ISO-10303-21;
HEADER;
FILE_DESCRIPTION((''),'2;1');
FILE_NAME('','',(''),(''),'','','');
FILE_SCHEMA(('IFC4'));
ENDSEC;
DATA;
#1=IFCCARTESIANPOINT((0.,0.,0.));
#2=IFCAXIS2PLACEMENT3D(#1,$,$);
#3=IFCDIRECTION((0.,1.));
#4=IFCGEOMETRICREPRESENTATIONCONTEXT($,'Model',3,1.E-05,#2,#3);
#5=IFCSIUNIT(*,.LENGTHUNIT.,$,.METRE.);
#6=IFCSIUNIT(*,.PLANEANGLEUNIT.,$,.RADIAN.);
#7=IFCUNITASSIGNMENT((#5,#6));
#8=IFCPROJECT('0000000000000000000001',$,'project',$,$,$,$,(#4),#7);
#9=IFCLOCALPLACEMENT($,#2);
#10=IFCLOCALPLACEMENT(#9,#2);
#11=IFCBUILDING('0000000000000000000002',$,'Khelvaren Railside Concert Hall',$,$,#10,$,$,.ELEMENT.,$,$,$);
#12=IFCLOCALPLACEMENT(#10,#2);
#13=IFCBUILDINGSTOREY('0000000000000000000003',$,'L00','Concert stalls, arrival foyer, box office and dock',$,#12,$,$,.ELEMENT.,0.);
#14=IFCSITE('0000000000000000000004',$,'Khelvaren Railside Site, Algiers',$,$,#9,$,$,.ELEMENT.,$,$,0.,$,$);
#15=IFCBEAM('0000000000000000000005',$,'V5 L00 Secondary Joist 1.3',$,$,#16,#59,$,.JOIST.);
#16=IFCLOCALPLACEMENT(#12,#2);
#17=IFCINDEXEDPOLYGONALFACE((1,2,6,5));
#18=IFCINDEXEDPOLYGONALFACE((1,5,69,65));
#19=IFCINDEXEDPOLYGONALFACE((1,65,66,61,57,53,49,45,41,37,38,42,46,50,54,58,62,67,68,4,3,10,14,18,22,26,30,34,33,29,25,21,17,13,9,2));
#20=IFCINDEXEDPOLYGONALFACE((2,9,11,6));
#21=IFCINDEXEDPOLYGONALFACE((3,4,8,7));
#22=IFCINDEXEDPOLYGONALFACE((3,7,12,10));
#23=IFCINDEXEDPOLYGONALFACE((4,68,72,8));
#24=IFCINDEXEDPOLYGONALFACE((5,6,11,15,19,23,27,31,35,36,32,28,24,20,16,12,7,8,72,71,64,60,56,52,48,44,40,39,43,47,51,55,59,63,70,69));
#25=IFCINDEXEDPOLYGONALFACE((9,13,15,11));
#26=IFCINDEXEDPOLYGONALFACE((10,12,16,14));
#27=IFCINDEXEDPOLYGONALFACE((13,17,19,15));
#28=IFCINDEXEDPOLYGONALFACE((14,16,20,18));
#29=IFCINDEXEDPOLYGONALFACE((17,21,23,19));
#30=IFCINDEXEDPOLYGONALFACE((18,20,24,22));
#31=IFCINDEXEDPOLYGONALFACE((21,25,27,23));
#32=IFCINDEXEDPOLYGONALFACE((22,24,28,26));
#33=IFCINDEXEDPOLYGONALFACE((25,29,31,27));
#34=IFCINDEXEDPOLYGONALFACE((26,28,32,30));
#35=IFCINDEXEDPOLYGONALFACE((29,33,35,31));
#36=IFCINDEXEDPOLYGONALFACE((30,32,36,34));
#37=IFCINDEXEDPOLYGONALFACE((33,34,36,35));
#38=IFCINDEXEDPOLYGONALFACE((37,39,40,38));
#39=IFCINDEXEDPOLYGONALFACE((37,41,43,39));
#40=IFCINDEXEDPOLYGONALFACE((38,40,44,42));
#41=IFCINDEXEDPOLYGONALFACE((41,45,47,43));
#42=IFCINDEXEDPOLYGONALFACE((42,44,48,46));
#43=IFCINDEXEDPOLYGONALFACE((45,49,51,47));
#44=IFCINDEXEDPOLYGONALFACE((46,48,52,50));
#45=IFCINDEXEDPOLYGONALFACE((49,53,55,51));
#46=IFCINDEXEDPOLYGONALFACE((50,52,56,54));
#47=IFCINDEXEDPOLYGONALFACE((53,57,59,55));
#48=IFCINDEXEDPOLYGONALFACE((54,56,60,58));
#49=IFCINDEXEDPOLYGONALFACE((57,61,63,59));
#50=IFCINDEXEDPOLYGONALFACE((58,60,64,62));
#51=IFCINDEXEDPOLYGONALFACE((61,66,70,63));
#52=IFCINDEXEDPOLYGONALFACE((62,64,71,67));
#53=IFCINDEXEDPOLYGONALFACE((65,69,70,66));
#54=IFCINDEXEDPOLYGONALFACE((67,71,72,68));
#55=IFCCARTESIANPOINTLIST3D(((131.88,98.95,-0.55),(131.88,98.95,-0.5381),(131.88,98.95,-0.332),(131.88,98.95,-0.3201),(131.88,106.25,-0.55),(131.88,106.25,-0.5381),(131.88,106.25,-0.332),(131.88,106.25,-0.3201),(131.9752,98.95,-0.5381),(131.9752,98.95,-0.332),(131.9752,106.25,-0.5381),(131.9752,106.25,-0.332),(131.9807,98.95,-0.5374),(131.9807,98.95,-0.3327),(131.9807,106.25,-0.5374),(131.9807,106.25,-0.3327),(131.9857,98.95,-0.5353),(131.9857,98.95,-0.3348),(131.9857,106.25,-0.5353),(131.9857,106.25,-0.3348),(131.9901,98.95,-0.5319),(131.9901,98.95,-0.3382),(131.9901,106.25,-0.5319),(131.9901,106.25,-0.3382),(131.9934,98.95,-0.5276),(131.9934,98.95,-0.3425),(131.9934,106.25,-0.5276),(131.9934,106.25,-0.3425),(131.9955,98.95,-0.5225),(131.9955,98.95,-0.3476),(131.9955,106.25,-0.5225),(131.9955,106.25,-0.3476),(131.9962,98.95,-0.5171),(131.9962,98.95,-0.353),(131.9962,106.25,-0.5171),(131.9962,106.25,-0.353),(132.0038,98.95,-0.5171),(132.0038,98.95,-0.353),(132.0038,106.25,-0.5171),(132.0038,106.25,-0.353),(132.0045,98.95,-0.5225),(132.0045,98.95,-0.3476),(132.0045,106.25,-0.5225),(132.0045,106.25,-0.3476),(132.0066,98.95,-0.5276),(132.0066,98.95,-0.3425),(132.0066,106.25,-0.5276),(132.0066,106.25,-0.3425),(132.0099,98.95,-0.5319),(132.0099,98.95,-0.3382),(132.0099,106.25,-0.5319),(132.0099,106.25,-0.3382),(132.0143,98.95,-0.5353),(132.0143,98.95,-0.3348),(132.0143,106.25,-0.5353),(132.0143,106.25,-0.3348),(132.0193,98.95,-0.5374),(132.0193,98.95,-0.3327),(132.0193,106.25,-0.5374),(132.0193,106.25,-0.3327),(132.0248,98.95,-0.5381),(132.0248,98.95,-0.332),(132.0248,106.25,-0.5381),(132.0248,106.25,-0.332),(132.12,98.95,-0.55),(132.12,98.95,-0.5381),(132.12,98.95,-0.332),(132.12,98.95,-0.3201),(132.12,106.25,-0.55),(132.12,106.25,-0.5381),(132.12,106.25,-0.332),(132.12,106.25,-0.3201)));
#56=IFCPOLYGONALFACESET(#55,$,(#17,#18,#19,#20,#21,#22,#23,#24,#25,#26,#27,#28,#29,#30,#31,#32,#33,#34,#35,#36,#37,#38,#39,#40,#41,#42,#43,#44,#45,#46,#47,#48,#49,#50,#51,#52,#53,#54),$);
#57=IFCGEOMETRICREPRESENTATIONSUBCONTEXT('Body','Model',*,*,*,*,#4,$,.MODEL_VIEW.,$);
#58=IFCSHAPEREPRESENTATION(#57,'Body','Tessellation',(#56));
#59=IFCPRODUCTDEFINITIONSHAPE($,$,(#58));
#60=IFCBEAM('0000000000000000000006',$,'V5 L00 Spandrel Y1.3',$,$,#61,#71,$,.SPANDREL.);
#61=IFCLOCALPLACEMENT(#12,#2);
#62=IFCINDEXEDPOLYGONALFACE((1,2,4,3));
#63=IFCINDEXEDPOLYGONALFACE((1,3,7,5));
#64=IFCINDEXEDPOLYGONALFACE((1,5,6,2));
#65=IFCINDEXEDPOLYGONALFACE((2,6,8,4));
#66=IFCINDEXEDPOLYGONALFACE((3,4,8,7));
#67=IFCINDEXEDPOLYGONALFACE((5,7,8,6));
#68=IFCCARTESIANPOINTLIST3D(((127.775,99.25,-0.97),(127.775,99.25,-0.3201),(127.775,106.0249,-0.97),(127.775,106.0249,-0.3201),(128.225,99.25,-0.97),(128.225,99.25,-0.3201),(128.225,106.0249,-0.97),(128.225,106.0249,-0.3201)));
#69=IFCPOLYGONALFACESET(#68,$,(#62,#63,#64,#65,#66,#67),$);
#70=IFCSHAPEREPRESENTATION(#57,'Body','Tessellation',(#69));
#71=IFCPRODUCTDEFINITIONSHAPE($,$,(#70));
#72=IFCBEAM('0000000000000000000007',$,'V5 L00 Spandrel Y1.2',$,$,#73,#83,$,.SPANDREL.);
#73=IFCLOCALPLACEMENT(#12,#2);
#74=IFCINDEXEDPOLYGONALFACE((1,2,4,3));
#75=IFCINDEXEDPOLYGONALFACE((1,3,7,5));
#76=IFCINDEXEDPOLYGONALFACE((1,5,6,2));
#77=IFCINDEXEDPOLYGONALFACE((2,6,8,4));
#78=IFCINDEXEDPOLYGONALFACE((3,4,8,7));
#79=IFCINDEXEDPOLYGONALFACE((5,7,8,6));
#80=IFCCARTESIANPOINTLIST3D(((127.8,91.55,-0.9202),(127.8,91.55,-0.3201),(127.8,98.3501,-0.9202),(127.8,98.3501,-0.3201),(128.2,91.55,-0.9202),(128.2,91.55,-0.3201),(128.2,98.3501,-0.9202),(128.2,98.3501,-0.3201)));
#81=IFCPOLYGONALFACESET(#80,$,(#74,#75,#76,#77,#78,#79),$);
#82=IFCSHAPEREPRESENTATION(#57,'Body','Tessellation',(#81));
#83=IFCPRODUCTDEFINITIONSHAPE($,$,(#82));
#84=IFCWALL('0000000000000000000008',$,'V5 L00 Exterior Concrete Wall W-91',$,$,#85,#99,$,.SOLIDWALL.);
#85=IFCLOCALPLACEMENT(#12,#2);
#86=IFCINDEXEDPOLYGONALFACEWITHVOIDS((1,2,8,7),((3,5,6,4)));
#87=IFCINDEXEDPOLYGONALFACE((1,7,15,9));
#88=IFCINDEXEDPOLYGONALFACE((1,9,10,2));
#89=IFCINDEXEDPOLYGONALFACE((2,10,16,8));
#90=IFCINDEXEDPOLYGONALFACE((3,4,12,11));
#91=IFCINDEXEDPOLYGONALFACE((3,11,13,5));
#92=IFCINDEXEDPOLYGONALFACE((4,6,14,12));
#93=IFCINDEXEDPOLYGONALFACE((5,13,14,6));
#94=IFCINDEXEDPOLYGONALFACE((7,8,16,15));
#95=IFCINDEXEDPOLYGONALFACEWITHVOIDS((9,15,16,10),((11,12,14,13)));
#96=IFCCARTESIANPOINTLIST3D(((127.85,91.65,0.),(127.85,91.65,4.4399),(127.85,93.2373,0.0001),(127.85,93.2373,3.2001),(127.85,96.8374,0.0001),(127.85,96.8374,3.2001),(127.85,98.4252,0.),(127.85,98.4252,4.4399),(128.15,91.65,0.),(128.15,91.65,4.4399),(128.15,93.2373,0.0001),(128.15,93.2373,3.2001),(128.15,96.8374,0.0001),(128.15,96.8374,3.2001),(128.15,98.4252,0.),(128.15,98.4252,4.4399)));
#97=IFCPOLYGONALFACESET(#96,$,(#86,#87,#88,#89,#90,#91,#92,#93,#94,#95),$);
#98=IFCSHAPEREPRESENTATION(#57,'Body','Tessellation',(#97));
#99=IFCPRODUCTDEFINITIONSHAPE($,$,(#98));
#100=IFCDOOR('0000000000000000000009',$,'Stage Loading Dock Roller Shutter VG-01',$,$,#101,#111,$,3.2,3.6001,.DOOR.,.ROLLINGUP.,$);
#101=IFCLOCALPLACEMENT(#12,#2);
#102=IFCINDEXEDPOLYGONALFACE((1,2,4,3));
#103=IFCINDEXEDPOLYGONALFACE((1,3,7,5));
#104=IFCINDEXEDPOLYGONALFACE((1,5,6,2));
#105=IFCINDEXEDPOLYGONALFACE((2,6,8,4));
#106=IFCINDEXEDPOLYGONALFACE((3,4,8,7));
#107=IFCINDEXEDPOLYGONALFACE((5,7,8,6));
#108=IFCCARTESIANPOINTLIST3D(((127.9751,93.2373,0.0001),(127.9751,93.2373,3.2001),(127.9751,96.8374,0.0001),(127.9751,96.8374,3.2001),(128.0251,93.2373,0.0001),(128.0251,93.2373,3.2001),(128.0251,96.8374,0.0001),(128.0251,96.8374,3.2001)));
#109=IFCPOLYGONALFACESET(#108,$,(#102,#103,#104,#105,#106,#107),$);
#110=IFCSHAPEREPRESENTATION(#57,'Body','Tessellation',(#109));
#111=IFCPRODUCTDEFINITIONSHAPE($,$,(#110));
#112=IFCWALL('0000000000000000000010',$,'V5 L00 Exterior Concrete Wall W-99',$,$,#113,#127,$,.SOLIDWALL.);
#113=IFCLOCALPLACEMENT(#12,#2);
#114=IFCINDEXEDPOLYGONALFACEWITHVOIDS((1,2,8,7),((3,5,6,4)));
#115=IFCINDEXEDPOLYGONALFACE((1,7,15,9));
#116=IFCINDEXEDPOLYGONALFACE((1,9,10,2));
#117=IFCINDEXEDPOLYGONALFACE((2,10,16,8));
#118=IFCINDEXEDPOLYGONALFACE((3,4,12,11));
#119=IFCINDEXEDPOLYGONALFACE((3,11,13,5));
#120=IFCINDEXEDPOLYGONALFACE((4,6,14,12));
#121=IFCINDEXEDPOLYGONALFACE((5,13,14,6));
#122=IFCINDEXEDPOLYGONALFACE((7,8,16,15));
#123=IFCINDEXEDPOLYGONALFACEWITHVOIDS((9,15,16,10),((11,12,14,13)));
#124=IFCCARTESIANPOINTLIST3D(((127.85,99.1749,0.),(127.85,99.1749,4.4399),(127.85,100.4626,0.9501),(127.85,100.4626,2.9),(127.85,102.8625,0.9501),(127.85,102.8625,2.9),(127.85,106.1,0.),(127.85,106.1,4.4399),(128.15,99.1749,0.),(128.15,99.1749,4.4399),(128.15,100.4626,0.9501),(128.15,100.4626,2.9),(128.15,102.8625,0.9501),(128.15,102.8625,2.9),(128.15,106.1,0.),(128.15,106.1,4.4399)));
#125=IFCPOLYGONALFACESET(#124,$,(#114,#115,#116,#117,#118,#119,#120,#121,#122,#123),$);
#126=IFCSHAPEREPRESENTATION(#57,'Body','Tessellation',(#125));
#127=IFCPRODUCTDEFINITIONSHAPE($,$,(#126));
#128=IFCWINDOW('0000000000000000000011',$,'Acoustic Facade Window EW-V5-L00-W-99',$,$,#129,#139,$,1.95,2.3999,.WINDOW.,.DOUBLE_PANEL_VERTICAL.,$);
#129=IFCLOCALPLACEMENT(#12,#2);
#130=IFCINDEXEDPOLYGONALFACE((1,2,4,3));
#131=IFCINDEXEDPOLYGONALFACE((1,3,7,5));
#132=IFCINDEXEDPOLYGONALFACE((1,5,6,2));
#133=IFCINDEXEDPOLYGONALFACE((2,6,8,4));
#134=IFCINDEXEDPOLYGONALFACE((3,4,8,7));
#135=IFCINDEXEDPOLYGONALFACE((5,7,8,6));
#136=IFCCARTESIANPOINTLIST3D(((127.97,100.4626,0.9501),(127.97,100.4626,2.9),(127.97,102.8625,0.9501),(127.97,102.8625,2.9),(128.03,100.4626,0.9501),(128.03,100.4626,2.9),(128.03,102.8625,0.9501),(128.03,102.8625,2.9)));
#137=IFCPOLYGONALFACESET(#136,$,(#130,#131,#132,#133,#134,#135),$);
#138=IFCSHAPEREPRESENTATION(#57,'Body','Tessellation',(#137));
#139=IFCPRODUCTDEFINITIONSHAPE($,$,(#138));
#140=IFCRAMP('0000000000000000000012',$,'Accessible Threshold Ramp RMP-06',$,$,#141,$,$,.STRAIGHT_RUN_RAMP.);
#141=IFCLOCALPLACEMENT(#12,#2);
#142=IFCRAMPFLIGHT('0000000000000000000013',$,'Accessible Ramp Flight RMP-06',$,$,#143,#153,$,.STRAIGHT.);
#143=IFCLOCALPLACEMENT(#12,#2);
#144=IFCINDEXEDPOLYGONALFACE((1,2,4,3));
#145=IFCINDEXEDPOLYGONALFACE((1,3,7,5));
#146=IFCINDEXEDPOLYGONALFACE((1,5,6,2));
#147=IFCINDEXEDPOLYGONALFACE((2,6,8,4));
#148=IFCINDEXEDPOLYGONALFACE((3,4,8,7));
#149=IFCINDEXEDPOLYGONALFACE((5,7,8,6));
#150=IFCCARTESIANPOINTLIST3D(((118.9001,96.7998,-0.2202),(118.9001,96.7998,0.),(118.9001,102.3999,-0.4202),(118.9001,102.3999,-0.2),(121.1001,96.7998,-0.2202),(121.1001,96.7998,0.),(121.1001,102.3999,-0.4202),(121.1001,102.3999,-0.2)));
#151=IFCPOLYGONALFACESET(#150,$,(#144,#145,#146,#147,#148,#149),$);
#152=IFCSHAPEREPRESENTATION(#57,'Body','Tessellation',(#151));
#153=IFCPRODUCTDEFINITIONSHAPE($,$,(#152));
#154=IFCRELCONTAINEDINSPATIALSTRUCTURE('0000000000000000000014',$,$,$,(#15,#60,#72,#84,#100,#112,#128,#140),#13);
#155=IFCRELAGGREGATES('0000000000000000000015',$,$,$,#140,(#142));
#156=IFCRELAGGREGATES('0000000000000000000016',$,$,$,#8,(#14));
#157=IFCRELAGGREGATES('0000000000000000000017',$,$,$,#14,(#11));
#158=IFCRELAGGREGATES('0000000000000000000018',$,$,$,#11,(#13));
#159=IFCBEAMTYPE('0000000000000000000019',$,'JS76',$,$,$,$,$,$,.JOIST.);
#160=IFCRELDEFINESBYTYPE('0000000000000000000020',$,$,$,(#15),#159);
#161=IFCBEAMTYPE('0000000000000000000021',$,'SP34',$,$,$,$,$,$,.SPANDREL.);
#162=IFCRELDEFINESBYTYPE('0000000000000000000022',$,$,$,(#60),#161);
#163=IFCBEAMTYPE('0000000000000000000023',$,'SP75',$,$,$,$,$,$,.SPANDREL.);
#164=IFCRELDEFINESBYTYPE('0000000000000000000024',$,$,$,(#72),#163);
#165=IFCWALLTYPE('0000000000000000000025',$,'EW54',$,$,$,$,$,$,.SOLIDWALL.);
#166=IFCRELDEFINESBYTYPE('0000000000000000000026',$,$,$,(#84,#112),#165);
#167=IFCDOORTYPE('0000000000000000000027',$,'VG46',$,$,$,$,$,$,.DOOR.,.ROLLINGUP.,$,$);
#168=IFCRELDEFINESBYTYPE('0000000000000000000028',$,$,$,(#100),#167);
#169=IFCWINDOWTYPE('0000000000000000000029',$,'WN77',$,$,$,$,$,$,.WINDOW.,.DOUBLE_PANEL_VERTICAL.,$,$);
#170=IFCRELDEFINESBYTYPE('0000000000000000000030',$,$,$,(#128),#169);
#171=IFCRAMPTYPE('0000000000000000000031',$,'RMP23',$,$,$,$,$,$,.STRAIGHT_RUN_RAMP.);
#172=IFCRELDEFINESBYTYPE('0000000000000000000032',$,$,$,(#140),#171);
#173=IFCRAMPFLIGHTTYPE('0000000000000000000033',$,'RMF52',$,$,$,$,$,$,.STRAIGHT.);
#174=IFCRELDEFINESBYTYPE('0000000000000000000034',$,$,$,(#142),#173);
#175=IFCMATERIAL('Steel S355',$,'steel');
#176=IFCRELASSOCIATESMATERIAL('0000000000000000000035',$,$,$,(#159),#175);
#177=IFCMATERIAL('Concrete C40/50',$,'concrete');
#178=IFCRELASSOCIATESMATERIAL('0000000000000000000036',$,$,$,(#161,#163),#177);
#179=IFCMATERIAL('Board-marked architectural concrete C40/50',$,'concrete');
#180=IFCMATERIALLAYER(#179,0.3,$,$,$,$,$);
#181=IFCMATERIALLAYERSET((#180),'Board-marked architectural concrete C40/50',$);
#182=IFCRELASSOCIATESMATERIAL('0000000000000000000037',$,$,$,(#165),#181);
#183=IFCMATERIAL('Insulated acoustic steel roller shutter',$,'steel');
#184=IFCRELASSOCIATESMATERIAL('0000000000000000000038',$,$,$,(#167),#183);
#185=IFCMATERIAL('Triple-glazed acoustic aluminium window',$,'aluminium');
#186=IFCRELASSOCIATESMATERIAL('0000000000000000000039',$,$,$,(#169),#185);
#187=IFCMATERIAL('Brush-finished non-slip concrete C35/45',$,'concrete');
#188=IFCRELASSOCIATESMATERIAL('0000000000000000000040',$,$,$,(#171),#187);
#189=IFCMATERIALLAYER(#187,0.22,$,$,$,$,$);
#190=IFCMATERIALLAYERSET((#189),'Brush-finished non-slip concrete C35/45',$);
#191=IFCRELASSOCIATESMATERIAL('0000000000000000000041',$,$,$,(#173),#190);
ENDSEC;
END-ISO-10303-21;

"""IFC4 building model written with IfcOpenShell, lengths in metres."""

from ifc_helpers import new_model, si_unit, direction, frame, frame_2d, origin, origin_2d, place, context, subcontext, project, spatial, polyline, rectangle, i_section, outline, extrude, material, layer, layer_set, material_profile, profile_set, type_object, element, fill, aggregate, save


model = new_model("IFC4")

# Units and contexts
model_context = context("Model", 3, precision=1e-05, world=origin(), true_north=direction((0.0, 1.0)))
body_context = subcontext(model_context, "Body", "Model", "MODEL_VIEW")
ifc_project = project(units=[si_unit("LENGTHUNIT", "METRE"), si_unit("PLANEANGLEUNIT", "RADIAN")], contexts=[model_context])

# Site, building, storey
site_placement = place(None, origin())
site = spatial("IfcSite", under=ifc_project, at=site_placement, Name="Khelvaren Railside Site, Algiers", CompositionType="ELEMENT", RefElevation=0.0)
building_placement = place(site_placement, origin())
building = spatial("IfcBuilding", under=site, at=building_placement, Name="Khelvaren Railside Concert Hall", CompositionType="ELEMENT")
storey_placement = place(building_placement, origin())
storey = spatial("IfcBuildingStorey", under=building, at=storey_placement, Name="L00", Description="Concert stalls, arrival foyer, box office and dock", CompositionType="ELEMENT", Elevation=0.0)

# Beams
ifc_material_1 = material(Name="Steel S355", Category="steel")
ifc_material_profile_1 = material_profile(ifc_material_1, i_section(OverallWidth=0.24, OverallDepth=0.23, WebThickness=0.0076, FlangeThickness=0.012, FilletRadius=0.021, at=origin_2d()), Name="HEA 240")
ifc_profile_set_1 = profile_set([ifc_material_profile_1], Name="Steel S355")
beam_type_1 = type_object("IfcBeamType", Name="JS76", PredefinedType="JOIST", material=ifc_profile_set_1)
beam_1_placement = place(storey_placement, frame((132.0, 98.95, -0.4351), z_axis=(0.0, 1.0, 0.0), x_axis=(-1.0, 0.0, 0.0)))
element("IfcBeam", 1, at=beam_1_placement, inside=storey, type_object=beam_type_1, Name="V5 L00 Secondary Joist 1.3", PredefinedType="JOIST", context=body_context, shape_type="SweptSolid", body=[
    extrude(i_section(OverallWidth=0.24, OverallDepth=0.23, WebThickness=0.0076, FlangeThickness=0.012, FilletRadius=0.021, at=origin_2d()), origin(), (0.0, 0.0, 1.0), 7.3),
])
ifc_material_2 = material(Name="Concrete C40/50", Category="concrete")
ifc_material_profile_2 = material_profile(ifc_material_2, rectangle(XDim=0.45, YDim=0.6499, at=origin_2d()), Name="RCB 450x650")
ifc_profile_set_2 = profile_set([ifc_material_profile_2], Name="Concrete C40/50")
beam_type_2 = type_object("IfcBeamType", Name="SP34", PredefinedType="SPANDREL", material=ifc_profile_set_2)
beam_2_placement = place(storey_placement, frame((128.0, 99.25, -0.645), z_axis=(0.0, 1.0, 0.0), x_axis=(-1.0, 0.0, 0.0)))
element("IfcBeam", 2, at=beam_2_placement, inside=storey, type_object=beam_type_2, Name="V5 L00 Spandrel Y1.3", PredefinedType="SPANDREL", context=body_context, shape_type="SweptSolid", body=[
    extrude(rectangle(XDim=0.45, YDim=0.6499, at=origin_2d()), origin(), (0.0, 0.0, 1.0), 6.7749),
])
ifc_material_profile_3 = material_profile(ifc_material_2, rectangle(XDim=0.3999, YDim=0.6001, at=origin_2d()), Name="RCB 400x600")
ifc_profile_set_3 = profile_set([ifc_material_profile_3], Name="Concrete C40/50")
beam_type_3 = type_object("IfcBeamType", Name="SP75", PredefinedType="SPANDREL", material=ifc_profile_set_3)
beam_3_placement = place(storey_placement, frame((128.0, 91.55, -0.6201), z_axis=(0.0, 1.0, 0.0), x_axis=(-1.0, 0.0, 0.0)))
element("IfcBeam", 3, at=beam_3_placement, inside=storey, type_object=beam_type_3, Name="V5 L00 Spandrel Y1.2", PredefinedType="SPANDREL", context=body_context, shape_type="SweptSolid", body=[
    extrude(rectangle(XDim=0.3999, YDim=0.6001, at=origin_2d()), origin(), (0.0, 0.0, 1.0), 6.8),
])

# Wall, opening, door
ifc_material_3 = material(Name="Board-marked architectural concrete C40/50", Category="concrete")
ifc_layer_1 = layer(ifc_material_3, 0.3)
ifc_layer_set_1 = layer_set([ifc_layer_1], Name="Board-marked architectural concrete C40/50")
wall_type = type_object("IfcWallType", Name="EW54", PredefinedType="SOLIDWALL", material=ifc_layer_set_1)
wall_1_placement = place(storey_placement, frame((128.0, 91.6499, 0.0), z_axis=(0.0, 0.0, 1.0), x_axis=(0.0, 1.0, 0.0)))
wall_1 = element("IfcWall", 4, at=wall_1_placement, inside=storey, type_object=wall_type, Name="V5 L00 Exterior Concrete Wall W-91", PredefinedType="SOLIDWALL", context=body_context, shape_type="SweptSolid", body=[
    extrude(rectangle(XDim=6.7751, YDim=0.3, at=frame_2d((3.3877, 0.0))), origin(), (0.0, 0.0, 1.0), 4.4399),
])
opening_1_placement = place(wall_1_placement, frame((1.5874, 0.0, 0.0)))
opening_1 = element("IfcOpeningElement", 5, at=opening_1_placement, cuts=wall_1, PredefinedType="OPENING", context=body_context, shape_type="SweptSolid", body=[
    extrude(rectangle(XDim=3.6001, YDim=3.2, at=frame_2d((1.8, 1.6001))), frame((0.0, 0.1599, 0.0), z_axis=(0.0, -1.0, 0.0), x_axis=(1.0, 0.0, 0.0)), (0.0, 0.0, 1.0), 0.3201),
])
ifc_material_4 = material(Name="Insulated acoustic steel roller shutter", Category="steel")
door_type = type_object("IfcDoorType", Name="VG46", OperationType="ROLLINGUP", PredefinedType="DOOR", material=ifc_material_4)
door_placement = place(opening_1_placement, origin())
door = element("IfcDoor", 6, at=door_placement, inside=storey, type_object=door_type, Name="Stage Loading Dock Roller Shutter VG-01", OperationType="ROLLINGUP", OverallHeight=3.2, OverallWidth=3.6001, PredefinedType="DOOR", context=body_context, shape_type="SweptSolid", body=[
    extrude(rectangle(XDim=3.6001, YDim=3.2, at=frame_2d((1.8, 1.6001))), frame((0.0, 0.0249, 0.0), z_axis=(0.0, -1.0, 0.0), x_axis=(1.0, 0.0, 0.0)), (0.0, 0.0, 1.0), 0.05),
])
fill(opening_1, door)

# Wall, opening, window
wall_2_placement = place(storey_placement, frame((128.0, 99.175, 0.0), z_axis=(0.0, 0.0, 1.0), x_axis=(0.0, 1.0, 0.0)))
wall_2 = element("IfcWall", 7, at=wall_2_placement, inside=storey, type_object=wall_type, Name="V5 L00 Exterior Concrete Wall W-99", PredefinedType="SOLIDWALL", context=body_context, shape_type="SweptSolid", body=[
    extrude(rectangle(XDim=6.925, YDim=0.3, at=frame_2d((3.4624, 0.0))), origin(), (0.0, 0.0, 1.0), 4.4399),
])
opening_2_placement = place(wall_2_placement, frame((1.2876, 0.0, 0.95)))
opening_2 = element("IfcOpeningElement", 8, at=opening_2_placement, cuts=wall_2, PredefinedType="OPENING", context=body_context, shape_type="SweptSolid", body=[
    extrude(rectangle(XDim=2.3999, YDim=1.95, at=frame_2d((1.2, 0.9751))), frame((0.0, 0.1599, 0.0), z_axis=(0.0, -1.0, 0.0), x_axis=(1.0, 0.0, 0.0)), (0.0, 0.0, 1.0), 0.3201),
])
ifc_material_5 = material(Name="Triple-glazed acoustic aluminium window", Category="aluminium")
window_type = type_object("IfcWindowType", Name="WN77", PartitioningType="DOUBLE_PANEL_VERTICAL", PredefinedType="WINDOW", material=ifc_material_5)
window_placement = place(opening_2_placement, origin())
window = element("IfcWindow", 9, at=window_placement, inside=storey, type_object=window_type, Name="Acoustic Facade Window EW-V5-L00-W-99", OverallHeight=1.95, OverallWidth=2.3999, PartitioningType="DOUBLE_PANEL_VERTICAL", PredefinedType="WINDOW", context=body_context, shape_type="SweptSolid", body=[
    extrude(rectangle(XDim=2.3999, YDim=1.95, at=frame_2d((1.2, 0.9751))), frame((0.0, 0.03, 0.0), z_axis=(0.0, -1.0, 0.0), x_axis=(1.0, 0.0, 0.0)), (0.0, 0.0, 1.0), 0.0601),
])
fill(opening_2, window)

# Ramp, ramp flight
ifc_material_6 = material(Name="Brush-finished non-slip concrete C35/45", Category="concrete")
ramp_type = type_object("IfcRampType", Name="RMP23", PredefinedType="STRAIGHT_RUN_RAMP", material=ifc_material_6)
ramp_placement = place(storey_placement, origin())
ramp = element("IfcRamp", 10, at=ramp_placement, inside=storey, type_object=ramp_type, Name="Accessible Threshold Ramp RMP-06", PredefinedType="STRAIGHT_RUN_RAMP")
ifc_layer_2 = layer(ifc_material_6, 0.22)
ifc_layer_set_2 = layer_set([ifc_layer_2], Name="Brush-finished non-slip concrete C35/45")
ramp_flight_type = type_object("IfcRampFlightType", Name="RMF52", PredefinedType="STRAIGHT", material=ifc_layer_set_2)
ramp_flight_placement = place(storey_placement, frame((120.0, 102.3999, -0.2), z_axis=(0.0, 0.0, 1.0), x_axis=(0.0, -1.0, 0.0)))
ramp_flight = element("IfcRampFlight", 11, at=ramp_flight_placement, type_object=ramp_flight_type, Name="Accessible Ramp Flight RMP-06", PredefinedType="STRAIGHT", context=body_context, shape_type="SweptSolid", body=[
    extrude(outline(polyline([(0.0, 0.0), (5.6001, 0.2), (5.6001, -0.0203), (0.0, -0.2202), (0.0, 0.0)])), frame((0.0, 1.1001, 0.0), z_axis=(0.0, -1.0, 0.0), x_axis=(1.0, 0.0, 0.0)), (0.0, 0.0, 1.0), 2.2),
])
aggregate(ramp, [ramp_flight])

save(model, "model.ifc")
